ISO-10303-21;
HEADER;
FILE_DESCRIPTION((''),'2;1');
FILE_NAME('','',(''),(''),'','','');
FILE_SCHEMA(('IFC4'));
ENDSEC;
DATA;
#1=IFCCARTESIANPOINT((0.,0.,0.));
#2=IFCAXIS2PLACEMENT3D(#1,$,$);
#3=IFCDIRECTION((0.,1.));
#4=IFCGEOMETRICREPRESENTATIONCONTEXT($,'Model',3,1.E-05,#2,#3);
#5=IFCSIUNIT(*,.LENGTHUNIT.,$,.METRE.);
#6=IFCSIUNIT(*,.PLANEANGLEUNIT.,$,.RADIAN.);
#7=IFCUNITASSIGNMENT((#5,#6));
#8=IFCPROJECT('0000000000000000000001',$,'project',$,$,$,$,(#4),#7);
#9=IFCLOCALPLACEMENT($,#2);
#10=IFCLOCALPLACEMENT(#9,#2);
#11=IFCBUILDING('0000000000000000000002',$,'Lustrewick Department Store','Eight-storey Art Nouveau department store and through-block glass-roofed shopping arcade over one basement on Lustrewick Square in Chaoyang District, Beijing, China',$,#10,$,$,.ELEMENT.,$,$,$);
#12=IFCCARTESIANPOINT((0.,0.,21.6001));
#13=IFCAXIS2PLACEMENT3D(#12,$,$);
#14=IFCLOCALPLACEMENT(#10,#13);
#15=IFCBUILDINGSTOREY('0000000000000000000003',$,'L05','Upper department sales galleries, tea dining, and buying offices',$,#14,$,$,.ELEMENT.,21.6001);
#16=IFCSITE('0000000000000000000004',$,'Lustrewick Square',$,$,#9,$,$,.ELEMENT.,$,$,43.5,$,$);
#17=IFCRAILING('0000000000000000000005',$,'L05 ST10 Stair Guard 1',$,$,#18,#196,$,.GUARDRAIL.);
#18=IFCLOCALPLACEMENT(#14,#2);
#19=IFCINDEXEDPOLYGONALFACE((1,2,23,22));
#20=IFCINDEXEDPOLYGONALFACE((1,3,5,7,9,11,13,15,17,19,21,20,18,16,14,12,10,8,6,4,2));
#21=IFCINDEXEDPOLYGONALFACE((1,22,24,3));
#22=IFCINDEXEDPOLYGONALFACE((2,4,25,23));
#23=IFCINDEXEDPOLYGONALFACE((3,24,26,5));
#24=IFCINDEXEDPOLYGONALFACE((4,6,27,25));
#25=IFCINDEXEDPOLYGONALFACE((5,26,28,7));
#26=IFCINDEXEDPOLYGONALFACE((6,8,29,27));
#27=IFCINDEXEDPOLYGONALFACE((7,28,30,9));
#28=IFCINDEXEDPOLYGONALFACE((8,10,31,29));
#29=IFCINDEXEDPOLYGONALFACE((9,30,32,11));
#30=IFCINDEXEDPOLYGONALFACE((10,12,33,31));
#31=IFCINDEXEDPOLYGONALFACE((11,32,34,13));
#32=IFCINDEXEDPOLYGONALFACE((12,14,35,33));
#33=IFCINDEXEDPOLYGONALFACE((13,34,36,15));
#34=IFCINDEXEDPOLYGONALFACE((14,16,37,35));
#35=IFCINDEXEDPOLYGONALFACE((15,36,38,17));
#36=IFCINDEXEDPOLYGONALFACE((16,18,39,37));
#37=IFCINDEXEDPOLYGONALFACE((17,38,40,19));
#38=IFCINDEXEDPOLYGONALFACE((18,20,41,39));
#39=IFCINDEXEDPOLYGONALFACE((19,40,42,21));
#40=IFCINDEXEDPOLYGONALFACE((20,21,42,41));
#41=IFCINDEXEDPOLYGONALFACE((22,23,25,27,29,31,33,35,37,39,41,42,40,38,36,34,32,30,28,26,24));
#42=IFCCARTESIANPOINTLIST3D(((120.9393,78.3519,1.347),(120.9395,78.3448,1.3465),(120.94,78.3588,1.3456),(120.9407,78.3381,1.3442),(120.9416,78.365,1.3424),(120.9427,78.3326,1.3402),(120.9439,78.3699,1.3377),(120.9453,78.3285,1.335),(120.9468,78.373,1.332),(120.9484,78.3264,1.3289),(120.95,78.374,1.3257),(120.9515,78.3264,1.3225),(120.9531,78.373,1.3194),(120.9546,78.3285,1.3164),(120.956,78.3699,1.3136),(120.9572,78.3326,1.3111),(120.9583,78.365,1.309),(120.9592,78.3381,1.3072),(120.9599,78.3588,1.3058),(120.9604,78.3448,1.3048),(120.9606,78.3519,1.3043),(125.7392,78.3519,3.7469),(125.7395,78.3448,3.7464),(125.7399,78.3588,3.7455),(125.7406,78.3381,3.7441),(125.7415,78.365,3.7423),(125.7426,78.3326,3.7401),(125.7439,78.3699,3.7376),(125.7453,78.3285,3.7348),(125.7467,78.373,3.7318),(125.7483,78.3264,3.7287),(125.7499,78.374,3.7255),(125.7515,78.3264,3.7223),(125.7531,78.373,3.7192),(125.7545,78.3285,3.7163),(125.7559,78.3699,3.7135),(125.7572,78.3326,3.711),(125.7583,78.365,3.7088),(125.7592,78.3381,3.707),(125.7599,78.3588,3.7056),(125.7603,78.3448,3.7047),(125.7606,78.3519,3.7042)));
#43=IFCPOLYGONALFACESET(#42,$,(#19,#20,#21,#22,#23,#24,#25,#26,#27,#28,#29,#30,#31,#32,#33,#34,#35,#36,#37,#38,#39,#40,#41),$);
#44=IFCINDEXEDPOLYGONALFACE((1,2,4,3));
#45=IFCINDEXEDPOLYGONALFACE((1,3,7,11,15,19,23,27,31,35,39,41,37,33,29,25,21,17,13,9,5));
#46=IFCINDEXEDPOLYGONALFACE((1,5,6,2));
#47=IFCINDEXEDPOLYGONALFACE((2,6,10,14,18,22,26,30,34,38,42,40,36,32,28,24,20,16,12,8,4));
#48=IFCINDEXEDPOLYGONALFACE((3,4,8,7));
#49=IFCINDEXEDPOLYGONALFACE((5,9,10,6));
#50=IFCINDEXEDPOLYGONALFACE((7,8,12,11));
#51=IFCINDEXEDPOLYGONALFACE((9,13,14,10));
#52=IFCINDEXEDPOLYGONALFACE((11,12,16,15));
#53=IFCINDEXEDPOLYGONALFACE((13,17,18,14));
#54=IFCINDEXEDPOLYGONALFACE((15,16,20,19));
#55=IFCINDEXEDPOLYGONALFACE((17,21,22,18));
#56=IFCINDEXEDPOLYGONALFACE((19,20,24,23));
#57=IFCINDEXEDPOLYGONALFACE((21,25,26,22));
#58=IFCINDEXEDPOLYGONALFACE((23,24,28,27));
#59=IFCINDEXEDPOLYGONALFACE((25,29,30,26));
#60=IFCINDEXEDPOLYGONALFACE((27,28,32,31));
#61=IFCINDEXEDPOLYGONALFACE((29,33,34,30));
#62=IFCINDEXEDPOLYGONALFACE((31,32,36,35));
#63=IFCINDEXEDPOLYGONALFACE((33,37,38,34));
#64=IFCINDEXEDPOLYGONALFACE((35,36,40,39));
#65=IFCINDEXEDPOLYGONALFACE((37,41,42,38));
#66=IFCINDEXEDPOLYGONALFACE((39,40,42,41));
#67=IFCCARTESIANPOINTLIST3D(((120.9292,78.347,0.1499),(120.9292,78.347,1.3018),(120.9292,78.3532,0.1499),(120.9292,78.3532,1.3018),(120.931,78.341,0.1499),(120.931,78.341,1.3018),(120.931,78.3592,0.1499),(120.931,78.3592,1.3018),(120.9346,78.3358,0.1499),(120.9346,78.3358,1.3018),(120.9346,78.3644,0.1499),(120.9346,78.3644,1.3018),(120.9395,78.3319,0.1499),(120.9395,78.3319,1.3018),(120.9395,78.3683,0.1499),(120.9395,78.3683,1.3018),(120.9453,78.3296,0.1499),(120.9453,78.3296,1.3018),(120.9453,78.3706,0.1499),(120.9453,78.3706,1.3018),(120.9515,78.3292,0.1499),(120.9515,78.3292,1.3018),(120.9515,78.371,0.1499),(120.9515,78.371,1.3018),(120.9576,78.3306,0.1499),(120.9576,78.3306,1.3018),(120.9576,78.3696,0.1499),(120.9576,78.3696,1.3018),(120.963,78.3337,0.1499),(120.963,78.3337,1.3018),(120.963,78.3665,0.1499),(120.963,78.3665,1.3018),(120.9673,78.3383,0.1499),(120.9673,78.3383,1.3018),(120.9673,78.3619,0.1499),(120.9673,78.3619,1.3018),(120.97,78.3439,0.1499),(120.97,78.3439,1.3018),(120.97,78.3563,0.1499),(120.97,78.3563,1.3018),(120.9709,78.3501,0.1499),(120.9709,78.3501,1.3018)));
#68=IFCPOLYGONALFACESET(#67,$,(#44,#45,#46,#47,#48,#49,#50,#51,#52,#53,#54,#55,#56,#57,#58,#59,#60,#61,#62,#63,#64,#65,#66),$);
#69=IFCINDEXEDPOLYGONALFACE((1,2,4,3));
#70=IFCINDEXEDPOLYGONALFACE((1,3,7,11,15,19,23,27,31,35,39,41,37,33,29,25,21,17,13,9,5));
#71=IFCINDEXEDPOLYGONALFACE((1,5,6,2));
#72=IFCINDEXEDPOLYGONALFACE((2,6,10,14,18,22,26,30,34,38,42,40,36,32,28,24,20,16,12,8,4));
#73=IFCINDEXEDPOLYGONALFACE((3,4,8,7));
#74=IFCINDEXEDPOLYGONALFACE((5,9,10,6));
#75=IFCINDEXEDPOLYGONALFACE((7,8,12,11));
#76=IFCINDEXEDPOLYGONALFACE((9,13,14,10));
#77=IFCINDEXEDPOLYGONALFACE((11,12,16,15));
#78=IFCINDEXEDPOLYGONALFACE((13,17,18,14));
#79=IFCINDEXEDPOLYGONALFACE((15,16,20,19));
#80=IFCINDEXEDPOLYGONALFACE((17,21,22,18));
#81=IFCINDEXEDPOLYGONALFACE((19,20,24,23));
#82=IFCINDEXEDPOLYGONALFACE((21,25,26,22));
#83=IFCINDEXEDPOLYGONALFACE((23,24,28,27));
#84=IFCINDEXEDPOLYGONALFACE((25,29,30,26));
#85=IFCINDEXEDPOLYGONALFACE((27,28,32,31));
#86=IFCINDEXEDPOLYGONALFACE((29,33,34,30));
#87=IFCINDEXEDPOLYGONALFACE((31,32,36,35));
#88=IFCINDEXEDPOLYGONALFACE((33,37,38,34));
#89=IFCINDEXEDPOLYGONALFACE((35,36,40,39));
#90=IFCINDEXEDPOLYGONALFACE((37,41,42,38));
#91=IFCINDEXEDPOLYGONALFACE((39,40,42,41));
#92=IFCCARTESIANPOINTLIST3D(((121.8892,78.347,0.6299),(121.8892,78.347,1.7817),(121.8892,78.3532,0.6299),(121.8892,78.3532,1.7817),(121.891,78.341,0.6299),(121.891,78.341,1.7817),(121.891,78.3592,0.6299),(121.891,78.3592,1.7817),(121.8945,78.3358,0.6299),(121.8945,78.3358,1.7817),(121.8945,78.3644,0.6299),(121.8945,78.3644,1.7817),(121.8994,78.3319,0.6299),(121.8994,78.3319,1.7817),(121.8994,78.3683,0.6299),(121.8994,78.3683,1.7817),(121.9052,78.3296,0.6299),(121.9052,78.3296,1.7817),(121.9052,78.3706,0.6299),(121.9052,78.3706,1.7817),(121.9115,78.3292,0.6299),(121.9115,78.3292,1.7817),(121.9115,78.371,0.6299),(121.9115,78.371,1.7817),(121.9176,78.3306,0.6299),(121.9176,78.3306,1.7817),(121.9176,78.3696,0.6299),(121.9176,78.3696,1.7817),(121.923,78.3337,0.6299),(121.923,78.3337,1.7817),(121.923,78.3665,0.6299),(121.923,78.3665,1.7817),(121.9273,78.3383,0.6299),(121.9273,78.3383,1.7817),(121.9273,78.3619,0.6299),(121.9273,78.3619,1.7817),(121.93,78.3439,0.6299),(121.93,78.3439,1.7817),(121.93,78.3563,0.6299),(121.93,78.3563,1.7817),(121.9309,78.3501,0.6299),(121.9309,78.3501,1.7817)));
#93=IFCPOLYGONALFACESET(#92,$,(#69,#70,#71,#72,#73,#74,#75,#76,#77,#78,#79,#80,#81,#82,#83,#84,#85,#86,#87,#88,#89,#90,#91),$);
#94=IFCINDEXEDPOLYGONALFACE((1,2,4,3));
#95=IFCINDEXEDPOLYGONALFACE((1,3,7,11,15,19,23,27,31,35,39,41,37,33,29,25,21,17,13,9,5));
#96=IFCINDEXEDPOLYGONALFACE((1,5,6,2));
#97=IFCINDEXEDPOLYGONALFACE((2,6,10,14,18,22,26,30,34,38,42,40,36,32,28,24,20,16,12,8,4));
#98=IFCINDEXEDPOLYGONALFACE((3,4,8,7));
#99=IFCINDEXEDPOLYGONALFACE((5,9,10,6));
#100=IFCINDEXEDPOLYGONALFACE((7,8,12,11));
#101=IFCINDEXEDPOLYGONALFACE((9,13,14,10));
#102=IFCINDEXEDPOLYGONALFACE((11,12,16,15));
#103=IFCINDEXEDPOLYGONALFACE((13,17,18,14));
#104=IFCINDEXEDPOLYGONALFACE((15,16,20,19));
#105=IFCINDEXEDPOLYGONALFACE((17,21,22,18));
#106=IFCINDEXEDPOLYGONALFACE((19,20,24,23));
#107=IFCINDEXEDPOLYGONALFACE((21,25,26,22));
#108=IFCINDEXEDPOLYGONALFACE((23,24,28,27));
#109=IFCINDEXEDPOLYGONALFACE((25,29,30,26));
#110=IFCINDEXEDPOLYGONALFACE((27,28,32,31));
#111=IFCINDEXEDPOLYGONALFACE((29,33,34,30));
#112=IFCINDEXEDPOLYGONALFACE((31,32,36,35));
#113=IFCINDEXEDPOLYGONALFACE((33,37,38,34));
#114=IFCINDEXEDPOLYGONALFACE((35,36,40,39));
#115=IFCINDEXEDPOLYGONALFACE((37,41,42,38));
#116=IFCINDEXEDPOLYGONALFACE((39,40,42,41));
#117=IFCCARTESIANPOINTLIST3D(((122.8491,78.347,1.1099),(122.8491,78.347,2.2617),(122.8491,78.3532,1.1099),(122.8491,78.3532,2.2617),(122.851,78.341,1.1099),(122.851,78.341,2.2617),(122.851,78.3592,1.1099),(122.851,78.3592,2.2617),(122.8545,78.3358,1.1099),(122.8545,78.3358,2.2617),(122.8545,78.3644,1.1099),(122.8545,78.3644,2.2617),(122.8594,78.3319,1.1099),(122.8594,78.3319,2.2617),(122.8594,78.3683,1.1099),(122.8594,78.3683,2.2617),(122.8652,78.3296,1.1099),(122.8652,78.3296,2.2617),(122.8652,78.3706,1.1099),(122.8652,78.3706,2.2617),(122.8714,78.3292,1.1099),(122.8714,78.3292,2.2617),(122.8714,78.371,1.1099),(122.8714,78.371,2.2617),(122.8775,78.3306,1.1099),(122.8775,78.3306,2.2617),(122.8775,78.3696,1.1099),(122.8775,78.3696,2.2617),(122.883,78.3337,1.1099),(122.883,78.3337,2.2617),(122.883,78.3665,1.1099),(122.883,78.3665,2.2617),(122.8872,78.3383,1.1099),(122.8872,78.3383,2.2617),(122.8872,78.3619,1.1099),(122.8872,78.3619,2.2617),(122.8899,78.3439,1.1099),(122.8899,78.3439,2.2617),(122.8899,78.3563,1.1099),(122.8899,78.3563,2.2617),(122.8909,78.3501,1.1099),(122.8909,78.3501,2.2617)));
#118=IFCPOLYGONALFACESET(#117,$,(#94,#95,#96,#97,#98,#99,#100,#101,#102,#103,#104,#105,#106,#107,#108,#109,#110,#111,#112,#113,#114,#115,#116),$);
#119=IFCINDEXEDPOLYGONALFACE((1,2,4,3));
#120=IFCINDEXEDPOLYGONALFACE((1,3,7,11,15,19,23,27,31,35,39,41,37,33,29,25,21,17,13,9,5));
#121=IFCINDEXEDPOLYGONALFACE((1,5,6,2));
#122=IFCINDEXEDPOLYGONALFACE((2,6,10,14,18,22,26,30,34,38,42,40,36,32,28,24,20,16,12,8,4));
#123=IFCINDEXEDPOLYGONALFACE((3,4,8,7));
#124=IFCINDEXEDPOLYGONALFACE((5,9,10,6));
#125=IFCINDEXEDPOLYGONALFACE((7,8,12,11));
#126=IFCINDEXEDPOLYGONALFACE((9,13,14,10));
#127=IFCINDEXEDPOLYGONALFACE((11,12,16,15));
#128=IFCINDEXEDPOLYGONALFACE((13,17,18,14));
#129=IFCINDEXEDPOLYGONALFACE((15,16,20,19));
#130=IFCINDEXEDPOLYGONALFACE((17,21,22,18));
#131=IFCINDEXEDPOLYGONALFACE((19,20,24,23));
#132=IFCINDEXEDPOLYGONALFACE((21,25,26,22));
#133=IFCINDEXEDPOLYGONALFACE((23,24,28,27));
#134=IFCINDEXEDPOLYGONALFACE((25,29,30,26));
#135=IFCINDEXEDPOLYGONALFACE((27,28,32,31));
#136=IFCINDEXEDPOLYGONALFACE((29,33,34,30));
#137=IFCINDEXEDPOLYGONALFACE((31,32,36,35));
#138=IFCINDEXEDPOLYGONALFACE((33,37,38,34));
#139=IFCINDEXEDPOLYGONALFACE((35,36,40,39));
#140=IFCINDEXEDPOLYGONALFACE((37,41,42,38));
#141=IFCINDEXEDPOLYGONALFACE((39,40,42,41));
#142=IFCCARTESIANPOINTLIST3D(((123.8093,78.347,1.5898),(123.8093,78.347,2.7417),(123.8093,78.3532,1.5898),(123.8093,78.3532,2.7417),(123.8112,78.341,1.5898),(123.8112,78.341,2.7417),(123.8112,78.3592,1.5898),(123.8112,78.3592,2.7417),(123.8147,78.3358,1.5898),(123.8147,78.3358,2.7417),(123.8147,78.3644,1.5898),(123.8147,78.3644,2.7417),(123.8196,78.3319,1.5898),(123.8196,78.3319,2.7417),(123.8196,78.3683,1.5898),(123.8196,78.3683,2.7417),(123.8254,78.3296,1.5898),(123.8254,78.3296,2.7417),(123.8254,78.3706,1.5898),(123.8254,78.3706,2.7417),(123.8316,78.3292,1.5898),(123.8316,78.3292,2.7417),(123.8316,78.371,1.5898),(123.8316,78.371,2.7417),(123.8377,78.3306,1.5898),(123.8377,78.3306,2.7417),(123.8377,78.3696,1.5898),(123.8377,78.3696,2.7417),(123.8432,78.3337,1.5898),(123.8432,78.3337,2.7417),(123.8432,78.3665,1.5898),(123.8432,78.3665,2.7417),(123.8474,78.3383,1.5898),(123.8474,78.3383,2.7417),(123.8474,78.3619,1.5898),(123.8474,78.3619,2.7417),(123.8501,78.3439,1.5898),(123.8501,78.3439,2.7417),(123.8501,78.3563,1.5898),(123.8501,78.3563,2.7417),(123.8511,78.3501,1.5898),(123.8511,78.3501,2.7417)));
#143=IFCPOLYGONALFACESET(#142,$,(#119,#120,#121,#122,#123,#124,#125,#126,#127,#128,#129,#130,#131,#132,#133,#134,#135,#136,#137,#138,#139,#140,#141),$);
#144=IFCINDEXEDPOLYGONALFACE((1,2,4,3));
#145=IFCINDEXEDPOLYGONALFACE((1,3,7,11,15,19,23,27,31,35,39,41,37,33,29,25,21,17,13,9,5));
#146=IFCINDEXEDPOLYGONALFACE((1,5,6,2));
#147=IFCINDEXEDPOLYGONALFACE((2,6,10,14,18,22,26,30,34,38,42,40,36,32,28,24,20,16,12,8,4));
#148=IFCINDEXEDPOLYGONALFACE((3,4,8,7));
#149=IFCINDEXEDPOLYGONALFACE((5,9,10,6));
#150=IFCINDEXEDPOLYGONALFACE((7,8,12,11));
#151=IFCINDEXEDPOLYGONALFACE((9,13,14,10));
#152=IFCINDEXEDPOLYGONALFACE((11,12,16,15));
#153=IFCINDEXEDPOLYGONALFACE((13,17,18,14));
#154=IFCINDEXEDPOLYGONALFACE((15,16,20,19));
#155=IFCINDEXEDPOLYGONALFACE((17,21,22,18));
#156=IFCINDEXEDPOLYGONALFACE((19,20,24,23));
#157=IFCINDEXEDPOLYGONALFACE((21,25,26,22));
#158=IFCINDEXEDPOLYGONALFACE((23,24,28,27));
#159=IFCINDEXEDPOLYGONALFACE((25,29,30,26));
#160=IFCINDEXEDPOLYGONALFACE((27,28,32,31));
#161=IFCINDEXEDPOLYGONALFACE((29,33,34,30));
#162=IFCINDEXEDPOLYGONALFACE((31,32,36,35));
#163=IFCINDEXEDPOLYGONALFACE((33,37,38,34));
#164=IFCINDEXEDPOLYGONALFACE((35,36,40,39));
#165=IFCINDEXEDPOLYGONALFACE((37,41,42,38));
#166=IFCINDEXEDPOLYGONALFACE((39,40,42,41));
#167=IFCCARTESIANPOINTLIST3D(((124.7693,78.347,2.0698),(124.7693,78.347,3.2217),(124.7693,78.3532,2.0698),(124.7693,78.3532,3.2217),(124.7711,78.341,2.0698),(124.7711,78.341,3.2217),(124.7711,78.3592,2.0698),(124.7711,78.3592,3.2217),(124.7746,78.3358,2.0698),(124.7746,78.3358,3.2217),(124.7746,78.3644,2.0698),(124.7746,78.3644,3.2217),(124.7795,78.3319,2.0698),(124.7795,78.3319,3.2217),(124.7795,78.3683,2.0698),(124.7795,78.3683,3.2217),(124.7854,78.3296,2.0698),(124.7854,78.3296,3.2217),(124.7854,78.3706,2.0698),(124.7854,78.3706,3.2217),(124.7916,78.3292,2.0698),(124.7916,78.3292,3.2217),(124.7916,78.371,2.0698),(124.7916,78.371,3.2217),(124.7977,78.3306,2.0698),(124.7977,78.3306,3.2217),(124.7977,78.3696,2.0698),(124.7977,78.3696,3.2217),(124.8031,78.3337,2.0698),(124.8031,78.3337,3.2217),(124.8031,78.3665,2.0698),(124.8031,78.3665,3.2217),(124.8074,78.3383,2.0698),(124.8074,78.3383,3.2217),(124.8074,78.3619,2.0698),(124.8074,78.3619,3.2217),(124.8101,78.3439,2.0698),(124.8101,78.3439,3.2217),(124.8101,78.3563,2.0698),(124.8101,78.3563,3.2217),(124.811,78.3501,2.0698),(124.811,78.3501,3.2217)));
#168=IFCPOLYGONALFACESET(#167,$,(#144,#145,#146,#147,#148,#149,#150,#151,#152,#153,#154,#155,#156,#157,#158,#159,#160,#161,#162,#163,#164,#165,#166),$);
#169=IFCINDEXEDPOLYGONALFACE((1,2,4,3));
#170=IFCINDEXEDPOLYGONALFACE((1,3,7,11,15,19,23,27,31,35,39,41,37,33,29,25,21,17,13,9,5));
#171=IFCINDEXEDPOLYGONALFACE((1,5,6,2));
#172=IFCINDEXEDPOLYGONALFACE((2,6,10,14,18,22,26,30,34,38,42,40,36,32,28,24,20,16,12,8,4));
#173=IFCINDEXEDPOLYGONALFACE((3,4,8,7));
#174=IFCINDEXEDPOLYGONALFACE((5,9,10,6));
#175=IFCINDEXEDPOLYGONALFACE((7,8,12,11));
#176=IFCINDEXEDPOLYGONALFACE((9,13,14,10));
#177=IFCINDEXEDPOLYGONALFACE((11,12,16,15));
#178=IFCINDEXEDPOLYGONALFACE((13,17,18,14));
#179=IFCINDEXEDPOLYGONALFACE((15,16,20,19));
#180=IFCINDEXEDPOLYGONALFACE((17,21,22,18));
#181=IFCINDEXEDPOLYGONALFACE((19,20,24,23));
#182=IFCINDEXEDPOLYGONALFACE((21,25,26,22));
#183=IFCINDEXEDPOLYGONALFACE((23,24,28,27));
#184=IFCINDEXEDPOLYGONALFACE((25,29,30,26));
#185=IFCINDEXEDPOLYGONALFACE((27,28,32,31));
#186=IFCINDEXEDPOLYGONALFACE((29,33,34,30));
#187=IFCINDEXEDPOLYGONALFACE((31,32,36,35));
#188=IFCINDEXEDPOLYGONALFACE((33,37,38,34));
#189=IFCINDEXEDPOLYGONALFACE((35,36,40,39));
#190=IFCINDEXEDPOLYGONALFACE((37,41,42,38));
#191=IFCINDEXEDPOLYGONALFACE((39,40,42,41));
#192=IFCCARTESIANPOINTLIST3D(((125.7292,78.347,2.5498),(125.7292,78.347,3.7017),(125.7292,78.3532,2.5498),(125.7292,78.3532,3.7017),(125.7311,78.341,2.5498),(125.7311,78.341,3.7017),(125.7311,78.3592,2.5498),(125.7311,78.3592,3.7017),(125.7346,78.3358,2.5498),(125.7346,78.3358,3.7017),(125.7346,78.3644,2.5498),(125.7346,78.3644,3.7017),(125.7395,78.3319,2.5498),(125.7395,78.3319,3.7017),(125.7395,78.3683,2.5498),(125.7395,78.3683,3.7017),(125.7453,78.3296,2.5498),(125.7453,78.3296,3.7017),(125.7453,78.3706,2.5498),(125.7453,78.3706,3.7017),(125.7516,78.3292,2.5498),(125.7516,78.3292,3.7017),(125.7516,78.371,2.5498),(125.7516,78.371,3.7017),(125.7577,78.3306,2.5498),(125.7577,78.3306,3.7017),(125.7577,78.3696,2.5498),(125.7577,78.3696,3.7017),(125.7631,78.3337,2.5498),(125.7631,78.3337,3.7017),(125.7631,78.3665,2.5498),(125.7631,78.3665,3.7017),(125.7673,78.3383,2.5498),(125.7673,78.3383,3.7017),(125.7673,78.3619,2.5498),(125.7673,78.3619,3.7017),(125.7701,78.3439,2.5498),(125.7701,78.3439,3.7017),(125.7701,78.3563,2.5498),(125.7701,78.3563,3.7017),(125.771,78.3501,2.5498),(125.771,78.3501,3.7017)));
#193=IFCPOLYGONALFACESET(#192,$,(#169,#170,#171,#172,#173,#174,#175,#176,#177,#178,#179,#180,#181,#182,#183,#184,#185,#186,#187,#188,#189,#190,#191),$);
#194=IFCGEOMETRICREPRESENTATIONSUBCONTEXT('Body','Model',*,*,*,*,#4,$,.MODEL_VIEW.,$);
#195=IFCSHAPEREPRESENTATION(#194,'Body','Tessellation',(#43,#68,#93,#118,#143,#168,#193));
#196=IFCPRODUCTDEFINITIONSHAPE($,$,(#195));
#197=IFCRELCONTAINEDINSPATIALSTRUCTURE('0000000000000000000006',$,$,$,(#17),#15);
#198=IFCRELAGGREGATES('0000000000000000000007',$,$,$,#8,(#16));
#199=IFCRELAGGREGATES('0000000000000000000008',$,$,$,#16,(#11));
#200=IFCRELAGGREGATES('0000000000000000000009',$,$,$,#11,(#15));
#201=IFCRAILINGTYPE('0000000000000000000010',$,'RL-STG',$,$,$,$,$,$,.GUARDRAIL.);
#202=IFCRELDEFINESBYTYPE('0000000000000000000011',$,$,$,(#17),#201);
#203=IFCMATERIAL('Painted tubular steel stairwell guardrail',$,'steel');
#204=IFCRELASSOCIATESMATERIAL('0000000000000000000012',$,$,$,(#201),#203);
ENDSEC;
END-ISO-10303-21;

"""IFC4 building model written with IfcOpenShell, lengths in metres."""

from ifc_helpers import new_model, si_unit, direction, frame, origin, origin_2d, place, context, subcontext, project, spatial, circle, extrude, material, type_object, element, save


model = new_model("IFC4")

# Units and contexts
model_context = context("Model", 3, precision=1e-05, world=origin(), true_north=direction((0.0, 1.0)))
body_context = subcontext(model_context, "Body", "Model", "MODEL_VIEW")
ifc_project = project(units=[si_unit("LENGTHUNIT", "METRE"), si_unit("PLANEANGLEUNIT", "RADIAN")], contexts=[model_context])

# Site, building, storey
site_placement = place(None, origin())
site = spatial("IfcSite", under=ifc_project, at=site_placement, Name="Lustrewick Square", CompositionType="ELEMENT", RefElevation=43.5)
building_placement = place(site_placement, origin())
building = spatial("IfcBuilding", under=site, at=building_placement, Name="Lustrewick Department Store", Description="Eight-storey Art Nouveau department store and through-block glass-roofed shopping arcade over one basement on Lustrewick Square in Chaoyang District, Beijing, China", CompositionType="ELEMENT")
storey_placement = place(building_placement, frame((0.0, 0.0, 21.6001)))
storey = spatial("IfcBuildingStorey", under=building, at=storey_placement, Name="L05", Description="Upper department sales galleries, tea dining, and buying offices", CompositionType="ELEMENT", Elevation=21.6001)

# Railing
ifc_material_1 = material(Name="Painted tubular steel stairwell guardrail", Category="steel")
railing_type_1 = type_object("IfcRailingType", Name="RL-STG", PredefinedType="GUARDRAIL", material=ifc_material_1)
railing_1_placement = place(storey_placement, frame((120.95, 78.3501, 0.1499)))
element("IfcRailing", 1, at=railing_1_placement, inside=storey, type_object=railing_type_1, Name="L05 ST10 Stair Guard 1", PredefinedType="GUARDRAIL", context=body_context, shape_type="SweptSolid", body=[
    extrude(circle(Radius=0.0239, at=origin_2d()), frame((0.0, 0.0, 1.1758), z_axis=(0.894436, 0.0, 0.447195), x_axis=(0.0, 1.0, 0.0)), (0.0, 0.0, 1.0), 5.3665),
    extrude(circle(Radius=0.021, at=origin_2d()), origin(), (0.0, 0.0, 1.0), 1.1519),
    extrude(circle(Radius=0.021, at=origin_2d()), frame((0.96, 0.0, 0.48)), (0.0, 0.0, 1.0), 1.1519),
    extrude(circle(Radius=0.021, at=origin_2d()), frame((1.9199, 0.0, 0.96)), (0.0, 0.0, 1.0), 1.1519),
    extrude(circle(Radius=0.021, at=origin_2d()), frame((2.8801, 0.0, 1.4399)), (0.0, 0.0, 1.0), 1.1519),
    extrude(circle(Radius=0.021, at=origin_2d()), frame((3.8401, 0.0, 1.9199)), (0.0, 0.0, 1.0), 1.1519),
    extrude(circle(Radius=0.021, at=origin_2d()), frame((4.8, 0.0, 2.3999)), (0.0, 0.0, 1.0), 1.1519),
])

save(model, "model.ifc")
